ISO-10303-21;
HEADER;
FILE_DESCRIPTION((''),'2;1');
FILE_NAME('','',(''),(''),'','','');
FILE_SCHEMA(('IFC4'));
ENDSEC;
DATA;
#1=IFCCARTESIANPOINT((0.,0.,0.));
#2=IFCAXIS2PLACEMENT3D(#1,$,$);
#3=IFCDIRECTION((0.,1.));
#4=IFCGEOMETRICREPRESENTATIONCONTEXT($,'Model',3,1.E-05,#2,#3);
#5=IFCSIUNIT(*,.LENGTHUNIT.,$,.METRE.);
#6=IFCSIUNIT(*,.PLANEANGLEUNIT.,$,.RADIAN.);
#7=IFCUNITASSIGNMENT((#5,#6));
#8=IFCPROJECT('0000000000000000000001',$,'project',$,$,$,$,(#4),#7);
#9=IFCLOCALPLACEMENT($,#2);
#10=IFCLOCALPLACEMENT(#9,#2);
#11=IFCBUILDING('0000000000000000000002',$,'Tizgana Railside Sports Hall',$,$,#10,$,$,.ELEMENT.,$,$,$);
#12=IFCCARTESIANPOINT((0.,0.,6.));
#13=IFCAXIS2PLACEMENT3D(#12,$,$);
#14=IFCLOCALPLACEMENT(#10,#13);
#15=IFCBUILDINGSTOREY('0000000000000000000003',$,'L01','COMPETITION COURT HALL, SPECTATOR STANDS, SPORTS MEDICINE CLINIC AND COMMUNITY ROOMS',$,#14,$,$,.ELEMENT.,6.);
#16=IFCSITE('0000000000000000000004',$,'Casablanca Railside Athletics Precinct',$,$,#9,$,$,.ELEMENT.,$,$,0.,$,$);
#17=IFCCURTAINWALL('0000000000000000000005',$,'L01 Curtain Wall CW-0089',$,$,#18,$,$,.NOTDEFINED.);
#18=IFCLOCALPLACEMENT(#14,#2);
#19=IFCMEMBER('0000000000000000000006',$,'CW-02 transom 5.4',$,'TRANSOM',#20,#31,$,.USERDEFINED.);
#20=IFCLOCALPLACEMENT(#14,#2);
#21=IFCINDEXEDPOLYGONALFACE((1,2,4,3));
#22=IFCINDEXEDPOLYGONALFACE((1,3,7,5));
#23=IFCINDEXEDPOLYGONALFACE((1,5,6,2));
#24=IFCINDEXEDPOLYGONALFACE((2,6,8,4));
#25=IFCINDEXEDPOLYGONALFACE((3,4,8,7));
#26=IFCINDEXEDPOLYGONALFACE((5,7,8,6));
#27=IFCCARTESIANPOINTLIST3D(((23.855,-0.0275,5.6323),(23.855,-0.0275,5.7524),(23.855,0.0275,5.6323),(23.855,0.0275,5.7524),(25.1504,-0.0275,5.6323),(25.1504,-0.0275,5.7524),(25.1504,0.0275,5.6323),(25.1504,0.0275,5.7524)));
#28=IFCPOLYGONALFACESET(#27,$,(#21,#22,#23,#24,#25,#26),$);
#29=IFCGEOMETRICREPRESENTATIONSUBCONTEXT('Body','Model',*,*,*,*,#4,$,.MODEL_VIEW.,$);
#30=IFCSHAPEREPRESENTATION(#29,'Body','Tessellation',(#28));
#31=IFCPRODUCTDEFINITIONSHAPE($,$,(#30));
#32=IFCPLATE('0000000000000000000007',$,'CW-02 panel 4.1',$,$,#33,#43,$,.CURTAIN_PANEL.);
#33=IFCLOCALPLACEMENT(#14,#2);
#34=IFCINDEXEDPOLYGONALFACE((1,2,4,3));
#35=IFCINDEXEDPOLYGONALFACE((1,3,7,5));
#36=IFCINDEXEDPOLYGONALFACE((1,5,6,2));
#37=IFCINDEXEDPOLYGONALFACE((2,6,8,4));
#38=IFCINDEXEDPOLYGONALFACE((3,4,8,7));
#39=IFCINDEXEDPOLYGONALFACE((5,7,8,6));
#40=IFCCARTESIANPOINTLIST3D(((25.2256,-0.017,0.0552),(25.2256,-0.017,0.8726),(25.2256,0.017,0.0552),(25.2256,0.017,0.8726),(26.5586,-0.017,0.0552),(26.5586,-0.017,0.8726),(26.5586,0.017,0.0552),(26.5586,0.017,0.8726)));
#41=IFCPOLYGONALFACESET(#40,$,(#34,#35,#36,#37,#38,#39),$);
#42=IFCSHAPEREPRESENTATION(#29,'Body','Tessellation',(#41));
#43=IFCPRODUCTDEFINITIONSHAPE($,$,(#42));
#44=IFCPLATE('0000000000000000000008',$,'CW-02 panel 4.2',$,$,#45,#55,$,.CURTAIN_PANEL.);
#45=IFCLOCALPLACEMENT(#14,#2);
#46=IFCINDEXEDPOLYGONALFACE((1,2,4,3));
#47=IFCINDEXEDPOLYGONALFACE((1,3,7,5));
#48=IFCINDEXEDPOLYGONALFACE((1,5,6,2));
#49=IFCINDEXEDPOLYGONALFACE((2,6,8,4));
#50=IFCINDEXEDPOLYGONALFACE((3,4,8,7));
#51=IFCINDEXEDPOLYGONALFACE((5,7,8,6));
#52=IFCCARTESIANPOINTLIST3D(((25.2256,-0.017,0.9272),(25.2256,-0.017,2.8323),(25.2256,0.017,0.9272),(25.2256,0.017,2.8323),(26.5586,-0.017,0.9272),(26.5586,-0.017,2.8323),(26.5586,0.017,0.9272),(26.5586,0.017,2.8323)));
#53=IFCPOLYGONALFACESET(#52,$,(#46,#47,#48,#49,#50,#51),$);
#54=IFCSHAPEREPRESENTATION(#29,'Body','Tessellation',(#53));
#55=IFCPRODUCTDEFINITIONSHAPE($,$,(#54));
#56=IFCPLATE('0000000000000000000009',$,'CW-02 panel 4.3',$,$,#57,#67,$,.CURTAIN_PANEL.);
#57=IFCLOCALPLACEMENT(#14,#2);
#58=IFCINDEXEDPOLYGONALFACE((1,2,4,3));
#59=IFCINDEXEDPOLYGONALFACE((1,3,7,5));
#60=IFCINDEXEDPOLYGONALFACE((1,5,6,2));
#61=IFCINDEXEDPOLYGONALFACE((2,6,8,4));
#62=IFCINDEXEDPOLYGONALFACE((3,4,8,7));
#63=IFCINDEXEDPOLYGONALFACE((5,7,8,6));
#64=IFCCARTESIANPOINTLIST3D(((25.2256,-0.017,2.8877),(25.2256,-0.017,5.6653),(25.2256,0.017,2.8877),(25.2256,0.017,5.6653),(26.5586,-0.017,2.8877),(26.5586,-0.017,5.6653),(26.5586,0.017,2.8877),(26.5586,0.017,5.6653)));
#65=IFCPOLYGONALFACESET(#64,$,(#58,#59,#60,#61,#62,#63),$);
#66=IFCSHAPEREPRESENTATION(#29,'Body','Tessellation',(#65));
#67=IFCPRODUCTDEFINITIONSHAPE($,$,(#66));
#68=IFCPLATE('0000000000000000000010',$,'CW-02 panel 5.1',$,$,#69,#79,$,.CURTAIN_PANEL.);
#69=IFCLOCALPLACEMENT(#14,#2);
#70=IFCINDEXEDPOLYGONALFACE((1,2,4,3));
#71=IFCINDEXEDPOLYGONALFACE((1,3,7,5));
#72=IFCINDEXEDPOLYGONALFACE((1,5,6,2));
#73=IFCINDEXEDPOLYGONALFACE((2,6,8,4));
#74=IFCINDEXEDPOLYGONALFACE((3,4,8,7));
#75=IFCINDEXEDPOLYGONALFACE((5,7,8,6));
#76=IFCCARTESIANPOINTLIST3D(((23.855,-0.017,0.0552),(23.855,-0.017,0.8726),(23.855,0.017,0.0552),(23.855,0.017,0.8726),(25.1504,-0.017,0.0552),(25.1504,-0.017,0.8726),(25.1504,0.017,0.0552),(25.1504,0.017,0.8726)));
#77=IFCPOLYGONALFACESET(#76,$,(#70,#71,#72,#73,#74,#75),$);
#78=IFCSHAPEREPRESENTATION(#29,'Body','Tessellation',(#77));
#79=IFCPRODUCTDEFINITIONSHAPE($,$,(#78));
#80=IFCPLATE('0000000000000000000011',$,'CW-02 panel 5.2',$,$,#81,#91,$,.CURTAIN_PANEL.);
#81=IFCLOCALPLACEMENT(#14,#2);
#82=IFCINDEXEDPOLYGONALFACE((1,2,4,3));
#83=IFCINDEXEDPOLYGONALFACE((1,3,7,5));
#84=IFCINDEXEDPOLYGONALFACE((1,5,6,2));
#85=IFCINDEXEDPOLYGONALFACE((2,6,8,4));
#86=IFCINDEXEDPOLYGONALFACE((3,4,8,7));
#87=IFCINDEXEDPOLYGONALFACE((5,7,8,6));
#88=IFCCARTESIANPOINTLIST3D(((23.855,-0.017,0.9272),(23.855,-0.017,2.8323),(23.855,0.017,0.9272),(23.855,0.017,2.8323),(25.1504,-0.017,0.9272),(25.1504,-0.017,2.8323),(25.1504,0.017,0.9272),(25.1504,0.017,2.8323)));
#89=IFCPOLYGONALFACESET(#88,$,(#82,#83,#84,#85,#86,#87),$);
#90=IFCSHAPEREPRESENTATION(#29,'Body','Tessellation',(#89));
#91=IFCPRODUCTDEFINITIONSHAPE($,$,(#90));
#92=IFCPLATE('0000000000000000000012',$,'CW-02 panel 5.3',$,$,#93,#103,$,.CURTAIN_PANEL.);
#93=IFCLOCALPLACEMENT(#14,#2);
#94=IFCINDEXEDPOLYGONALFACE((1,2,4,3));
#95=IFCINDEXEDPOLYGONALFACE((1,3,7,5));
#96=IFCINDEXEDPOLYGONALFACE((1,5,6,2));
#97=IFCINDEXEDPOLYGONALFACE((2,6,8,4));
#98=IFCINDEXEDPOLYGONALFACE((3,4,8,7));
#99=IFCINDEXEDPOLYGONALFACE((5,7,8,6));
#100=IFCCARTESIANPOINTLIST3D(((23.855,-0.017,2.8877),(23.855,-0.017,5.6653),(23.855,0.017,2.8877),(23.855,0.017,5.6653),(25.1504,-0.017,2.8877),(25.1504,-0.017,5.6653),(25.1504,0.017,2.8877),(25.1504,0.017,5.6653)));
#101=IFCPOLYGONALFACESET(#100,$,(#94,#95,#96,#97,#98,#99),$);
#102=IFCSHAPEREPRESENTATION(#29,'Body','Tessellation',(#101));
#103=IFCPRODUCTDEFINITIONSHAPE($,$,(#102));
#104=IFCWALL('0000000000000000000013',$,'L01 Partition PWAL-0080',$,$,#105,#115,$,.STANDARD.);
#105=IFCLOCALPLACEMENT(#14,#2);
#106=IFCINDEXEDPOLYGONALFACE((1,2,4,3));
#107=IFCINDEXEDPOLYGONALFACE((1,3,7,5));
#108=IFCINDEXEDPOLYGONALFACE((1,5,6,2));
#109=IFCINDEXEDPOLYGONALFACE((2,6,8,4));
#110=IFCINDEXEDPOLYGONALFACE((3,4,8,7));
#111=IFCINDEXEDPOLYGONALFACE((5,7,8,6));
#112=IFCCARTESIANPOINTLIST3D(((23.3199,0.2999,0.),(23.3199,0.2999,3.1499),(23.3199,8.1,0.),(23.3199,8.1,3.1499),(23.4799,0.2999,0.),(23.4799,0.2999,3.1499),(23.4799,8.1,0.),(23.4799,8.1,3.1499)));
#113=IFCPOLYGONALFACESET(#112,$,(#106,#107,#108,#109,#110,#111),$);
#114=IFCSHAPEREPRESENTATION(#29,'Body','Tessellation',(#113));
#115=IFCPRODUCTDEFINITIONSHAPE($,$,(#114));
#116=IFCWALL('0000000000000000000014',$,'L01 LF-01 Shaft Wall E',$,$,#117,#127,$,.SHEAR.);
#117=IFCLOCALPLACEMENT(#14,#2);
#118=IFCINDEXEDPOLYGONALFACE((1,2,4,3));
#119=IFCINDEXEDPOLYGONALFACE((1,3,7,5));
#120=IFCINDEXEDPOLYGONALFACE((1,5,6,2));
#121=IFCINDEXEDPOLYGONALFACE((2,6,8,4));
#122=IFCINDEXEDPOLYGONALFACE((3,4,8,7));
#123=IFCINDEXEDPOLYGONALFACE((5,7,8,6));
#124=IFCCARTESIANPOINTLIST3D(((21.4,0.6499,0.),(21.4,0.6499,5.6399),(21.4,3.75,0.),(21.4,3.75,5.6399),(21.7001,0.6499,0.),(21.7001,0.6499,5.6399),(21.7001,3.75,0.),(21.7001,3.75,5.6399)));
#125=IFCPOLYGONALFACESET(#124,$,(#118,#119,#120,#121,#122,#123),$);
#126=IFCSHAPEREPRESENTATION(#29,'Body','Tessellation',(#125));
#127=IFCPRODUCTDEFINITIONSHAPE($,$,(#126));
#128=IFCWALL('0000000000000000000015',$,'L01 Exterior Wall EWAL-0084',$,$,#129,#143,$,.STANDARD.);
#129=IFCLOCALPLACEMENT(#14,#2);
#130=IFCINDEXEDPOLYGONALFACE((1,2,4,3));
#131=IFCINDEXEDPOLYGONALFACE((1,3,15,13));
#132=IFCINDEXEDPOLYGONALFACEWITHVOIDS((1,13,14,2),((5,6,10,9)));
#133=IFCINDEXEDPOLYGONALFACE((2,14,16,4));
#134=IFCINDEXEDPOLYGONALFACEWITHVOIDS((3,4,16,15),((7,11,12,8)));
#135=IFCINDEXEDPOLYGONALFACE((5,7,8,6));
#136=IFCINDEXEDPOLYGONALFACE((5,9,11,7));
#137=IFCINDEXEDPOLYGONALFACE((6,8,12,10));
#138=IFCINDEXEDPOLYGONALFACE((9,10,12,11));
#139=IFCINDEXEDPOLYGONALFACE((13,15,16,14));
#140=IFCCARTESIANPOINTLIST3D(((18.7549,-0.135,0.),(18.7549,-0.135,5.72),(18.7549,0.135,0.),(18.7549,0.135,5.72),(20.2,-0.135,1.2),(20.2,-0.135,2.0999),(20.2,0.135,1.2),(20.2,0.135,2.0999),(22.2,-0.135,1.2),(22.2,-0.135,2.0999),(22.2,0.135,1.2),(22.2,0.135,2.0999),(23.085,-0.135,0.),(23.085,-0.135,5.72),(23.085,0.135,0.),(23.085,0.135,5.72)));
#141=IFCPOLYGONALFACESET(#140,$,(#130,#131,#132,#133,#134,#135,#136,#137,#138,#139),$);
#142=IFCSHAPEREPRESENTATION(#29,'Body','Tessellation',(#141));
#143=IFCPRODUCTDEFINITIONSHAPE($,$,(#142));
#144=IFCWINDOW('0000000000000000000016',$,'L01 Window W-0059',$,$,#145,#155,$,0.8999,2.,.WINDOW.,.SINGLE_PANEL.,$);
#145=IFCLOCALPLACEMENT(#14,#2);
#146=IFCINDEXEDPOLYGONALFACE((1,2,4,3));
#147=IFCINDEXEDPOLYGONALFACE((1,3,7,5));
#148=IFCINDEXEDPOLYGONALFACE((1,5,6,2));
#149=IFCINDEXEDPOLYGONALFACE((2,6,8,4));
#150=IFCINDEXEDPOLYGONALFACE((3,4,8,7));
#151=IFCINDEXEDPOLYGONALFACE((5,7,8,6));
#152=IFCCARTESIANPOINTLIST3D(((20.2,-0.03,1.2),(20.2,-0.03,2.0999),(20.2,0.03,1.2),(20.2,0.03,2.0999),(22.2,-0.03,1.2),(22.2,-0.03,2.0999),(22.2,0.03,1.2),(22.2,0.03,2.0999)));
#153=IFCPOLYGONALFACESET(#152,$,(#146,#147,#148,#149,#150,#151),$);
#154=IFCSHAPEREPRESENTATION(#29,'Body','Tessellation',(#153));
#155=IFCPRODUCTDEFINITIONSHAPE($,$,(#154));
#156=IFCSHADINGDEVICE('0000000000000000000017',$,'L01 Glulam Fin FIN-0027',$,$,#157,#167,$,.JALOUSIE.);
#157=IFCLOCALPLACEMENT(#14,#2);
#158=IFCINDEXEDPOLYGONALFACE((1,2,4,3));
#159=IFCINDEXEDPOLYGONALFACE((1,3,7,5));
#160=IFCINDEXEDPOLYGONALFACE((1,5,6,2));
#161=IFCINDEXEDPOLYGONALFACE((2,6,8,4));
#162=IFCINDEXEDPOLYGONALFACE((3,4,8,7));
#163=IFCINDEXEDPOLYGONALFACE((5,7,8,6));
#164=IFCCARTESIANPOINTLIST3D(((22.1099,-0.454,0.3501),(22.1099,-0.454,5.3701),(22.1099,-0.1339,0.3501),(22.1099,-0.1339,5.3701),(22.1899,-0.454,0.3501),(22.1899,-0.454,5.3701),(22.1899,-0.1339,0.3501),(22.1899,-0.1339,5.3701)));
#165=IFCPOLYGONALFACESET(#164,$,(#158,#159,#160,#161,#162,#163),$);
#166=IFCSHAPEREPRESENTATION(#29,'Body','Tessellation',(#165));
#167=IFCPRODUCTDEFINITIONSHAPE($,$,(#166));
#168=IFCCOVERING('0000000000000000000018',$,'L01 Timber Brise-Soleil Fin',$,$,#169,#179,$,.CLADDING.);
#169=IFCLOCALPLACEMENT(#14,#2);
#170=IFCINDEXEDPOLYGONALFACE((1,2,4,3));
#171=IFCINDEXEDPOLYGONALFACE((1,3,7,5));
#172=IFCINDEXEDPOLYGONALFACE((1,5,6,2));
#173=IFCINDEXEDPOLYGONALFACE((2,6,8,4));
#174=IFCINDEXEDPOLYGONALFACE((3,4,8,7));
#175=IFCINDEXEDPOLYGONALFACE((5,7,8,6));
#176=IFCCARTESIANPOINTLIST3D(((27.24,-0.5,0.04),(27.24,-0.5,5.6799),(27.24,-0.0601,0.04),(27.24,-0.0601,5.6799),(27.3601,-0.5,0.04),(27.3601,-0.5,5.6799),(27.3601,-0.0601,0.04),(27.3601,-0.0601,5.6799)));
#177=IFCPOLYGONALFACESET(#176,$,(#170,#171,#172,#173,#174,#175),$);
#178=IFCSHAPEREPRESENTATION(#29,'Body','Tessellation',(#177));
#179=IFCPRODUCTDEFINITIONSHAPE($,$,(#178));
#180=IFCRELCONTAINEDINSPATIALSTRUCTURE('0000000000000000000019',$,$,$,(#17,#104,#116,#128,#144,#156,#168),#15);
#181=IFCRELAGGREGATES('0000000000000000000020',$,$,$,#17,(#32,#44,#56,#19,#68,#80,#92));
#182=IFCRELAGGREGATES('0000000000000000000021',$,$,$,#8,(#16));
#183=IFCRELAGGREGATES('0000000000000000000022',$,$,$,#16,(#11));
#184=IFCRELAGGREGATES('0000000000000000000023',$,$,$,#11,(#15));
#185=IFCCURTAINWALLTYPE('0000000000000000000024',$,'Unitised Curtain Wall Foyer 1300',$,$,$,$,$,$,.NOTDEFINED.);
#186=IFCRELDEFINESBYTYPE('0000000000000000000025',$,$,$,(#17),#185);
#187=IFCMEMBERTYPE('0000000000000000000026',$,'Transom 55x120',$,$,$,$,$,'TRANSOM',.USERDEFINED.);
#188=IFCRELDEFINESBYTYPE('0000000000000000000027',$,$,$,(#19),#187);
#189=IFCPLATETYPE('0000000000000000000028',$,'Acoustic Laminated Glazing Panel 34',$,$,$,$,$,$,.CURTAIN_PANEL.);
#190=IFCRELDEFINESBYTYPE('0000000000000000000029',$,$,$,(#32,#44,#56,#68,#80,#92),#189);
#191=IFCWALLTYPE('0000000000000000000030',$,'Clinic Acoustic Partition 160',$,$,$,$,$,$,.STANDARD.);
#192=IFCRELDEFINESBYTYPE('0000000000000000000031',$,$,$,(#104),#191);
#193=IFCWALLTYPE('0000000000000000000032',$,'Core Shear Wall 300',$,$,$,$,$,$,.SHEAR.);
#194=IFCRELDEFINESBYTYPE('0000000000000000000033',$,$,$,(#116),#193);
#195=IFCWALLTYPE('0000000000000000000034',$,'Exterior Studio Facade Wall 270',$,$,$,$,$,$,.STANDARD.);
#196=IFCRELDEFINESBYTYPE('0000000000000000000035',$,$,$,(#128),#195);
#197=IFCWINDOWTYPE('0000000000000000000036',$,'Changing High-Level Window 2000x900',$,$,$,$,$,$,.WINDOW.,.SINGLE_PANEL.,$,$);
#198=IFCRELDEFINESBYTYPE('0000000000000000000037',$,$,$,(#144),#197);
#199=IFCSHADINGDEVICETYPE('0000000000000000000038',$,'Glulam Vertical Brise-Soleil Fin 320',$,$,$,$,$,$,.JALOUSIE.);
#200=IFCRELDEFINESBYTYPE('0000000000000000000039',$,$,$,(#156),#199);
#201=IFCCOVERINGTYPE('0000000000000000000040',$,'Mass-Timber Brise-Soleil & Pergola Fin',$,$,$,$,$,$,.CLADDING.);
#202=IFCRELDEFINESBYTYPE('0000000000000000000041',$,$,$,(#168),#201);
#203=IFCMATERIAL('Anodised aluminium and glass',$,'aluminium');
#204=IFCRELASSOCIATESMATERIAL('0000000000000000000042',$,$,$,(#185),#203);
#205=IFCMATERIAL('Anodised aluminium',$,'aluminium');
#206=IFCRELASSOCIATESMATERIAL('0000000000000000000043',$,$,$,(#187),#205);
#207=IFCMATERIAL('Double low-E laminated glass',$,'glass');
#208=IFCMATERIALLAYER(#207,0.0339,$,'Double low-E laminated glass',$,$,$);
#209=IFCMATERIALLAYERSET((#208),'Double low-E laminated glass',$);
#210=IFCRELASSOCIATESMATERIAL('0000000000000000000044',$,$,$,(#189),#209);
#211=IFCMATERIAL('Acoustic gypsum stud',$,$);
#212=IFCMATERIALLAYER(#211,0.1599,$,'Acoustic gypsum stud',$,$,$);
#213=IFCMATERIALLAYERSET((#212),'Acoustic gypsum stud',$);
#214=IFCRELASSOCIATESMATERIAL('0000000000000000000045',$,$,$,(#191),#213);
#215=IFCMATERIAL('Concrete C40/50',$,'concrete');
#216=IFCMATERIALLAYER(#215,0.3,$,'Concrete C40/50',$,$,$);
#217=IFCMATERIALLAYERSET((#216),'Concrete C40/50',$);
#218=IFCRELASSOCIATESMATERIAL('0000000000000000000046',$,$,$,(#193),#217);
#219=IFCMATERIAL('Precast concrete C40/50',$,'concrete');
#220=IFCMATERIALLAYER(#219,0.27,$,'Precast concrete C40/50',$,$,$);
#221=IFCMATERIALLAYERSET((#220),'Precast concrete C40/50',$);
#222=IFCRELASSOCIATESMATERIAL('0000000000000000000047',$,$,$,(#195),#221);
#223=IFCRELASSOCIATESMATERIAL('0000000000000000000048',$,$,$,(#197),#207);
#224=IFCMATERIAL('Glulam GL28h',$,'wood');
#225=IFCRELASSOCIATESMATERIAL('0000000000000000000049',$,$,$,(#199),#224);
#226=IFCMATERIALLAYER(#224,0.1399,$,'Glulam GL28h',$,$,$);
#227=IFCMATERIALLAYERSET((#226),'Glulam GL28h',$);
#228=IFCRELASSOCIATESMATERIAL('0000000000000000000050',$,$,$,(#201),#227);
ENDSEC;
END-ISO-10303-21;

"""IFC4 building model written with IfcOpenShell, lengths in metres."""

from ifc_helpers import new_model, si_unit, direction, frame, frame_2d, origin, origin_2d, place, context, subcontext, project, spatial, rectangle, extrude, material, layer, layer_set, material_profile, profile_set, type_object, element, fill, aggregate, save


model = new_model("IFC4")

# Units and contexts
model_context = context("Model", 3, precision=1e-05, world=origin(), true_north=direction((0.0, 1.0)))
body_context = subcontext(model_context, "Body", "Model", "MODEL_VIEW")
ifc_project = project(units=[si_unit("LENGTHUNIT", "METRE"), si_unit("PLANEANGLEUNIT", "RADIAN")], contexts=[model_context])

# Site, building, storey
site_placement = place(None, origin())
site = spatial("IfcSite", under=ifc_project, at=site_placement, Name="Casablanca Railside Athletics Precinct", CompositionType="ELEMENT", RefElevation=0.0)
building_placement = place(site_placement, origin())
building = spatial("IfcBuilding", under=site, at=building_placement, Name="Tizgana Railside Sports Hall", CompositionType="ELEMENT")
storey_placement = place(building_placement, frame((0.0, 0.0, 6.0)))
storey = spatial("IfcBuildingStorey", under=building, at=storey_placement, Name="L01", Description="COMPETITION COURT HALL, SPECTATOR STANDS, SPORTS MEDICINE CLINIC AND COMMUNITY ROOMS", CompositionType="ELEMENT", Elevation=6.0)

# Shared definitions
ifc_material_1 = material(Name="Concrete C40/50", Category="concrete")

# Curtain wall
ifc_material_2 = material(Name="Anodised aluminium and glass", Category="aluminium")
curtain_wall_type = type_object("IfcCurtainWallType", Name="Unitised Curtain Wall Foyer 1300", PredefinedType="NOTDEFINED", material=ifc_material_2)
curtain_wall_placement = place(storey_placement, origin())
curtain_wall = element("IfcCurtainWall", 1, at=curtain_wall_placement, inside=storey, type_object=curtain_wall_type, Name="L01 Curtain Wall CW-0089", PredefinedType="NOTDEFINED")
ifc_material_3 = material(Name="Anodised aluminium", Category="aluminium")

# Member
ifc_material_profile_1 = material_profile(ifc_material_3, rectangle(XDim=0.0549, YDim=0.1201, at=origin_2d()), Name="Transom 55x120")
ifc_profile_set_1 = profile_set([ifc_material_profile_1], Name="Anodised aluminium")
member_type_1 = type_object("IfcMemberType", Name="Transom 55x120", ElementType="TRANSOM", PredefinedType="USERDEFINED", material=ifc_profile_set_1)
member_1_placement = place(storey_placement, frame((25.1504, 0.0, 5.6924), z_axis=(-1.0, 0.0, 0.0), x_axis=(0.0, -1.0, 0.0)))
member_1 = element("IfcMember", 2, at=member_1_placement, type_object=member_type_1, Name="CW-02 transom 5.4", ObjectType="TRANSOM", PredefinedType="USERDEFINED", context=body_context, shape_type="SweptSolid", body=[
    extrude(rectangle(XDim=0.0549, YDim=0.1201, at=origin_2d()), origin(), (0.0, 0.0, 1.0), 1.2954),
])

# Plates
ifc_material_4 = material(Name="Double low-E laminated glass", Category="glass")
ifc_layer_1 = layer(ifc_material_4, 0.0339, Name="Double low-E laminated glass")
ifc_layer_set_1 = layer_set([ifc_layer_1], Name="Double low-E laminated glass")
plate_type = type_object("IfcPlateType", Name="Acoustic Laminated Glazing Panel 34", PredefinedType="CURTAIN_PANEL", material=ifc_layer_set_1)
plate_1_placement = place(storey_placement, frame((25.8921, 0.0, 0.0552), z_axis=(0.0, 0.0, 1.0), x_axis=(-1.0, 0.0, 0.0)))
plate_1 = element("IfcPlate", 3, at=plate_1_placement, type_object=plate_type, Name="CW-02 panel 4.1", PredefinedType="CURTAIN_PANEL", context=body_context, shape_type="SweptSolid", body=[
    extrude(rectangle(XDim=1.333, YDim=0.0339, at=origin_2d()), origin(), (0.0, 0.0, 1.0), 0.8174),
])
plate_2_placement = place(storey_placement, frame((25.8921, 0.0, 0.9272), z_axis=(0.0, 0.0, 1.0), x_axis=(-1.0, 0.0, 0.0)))
plate_2 = element("IfcPlate", 4, at=plate_2_placement, type_object=plate_type, Name="CW-02 panel 4.2", PredefinedType="CURTAIN_PANEL", context=body_context, shape_type="SweptSolid", body=[
    extrude(rectangle(XDim=1.333, YDim=0.0339, at=origin_2d()), origin(), (0.0, 0.0, 1.0), 1.905),
])
plate_3_placement = place(storey_placement, frame((25.8921, 0.0, 2.8877), z_axis=(0.0, 0.0, 1.0), x_axis=(-1.0, 0.0, 0.0)))
plate_3 = element("IfcPlate", 5, at=plate_3_placement, type_object=plate_type, Name="CW-02 panel 4.3", PredefinedType="CURTAIN_PANEL", context=body_context, shape_type="SweptSolid", body=[
    extrude(rectangle(XDim=1.333, YDim=0.0339, at=origin_2d()), origin(), (0.0, 0.0, 1.0), 2.7776),
])
plate_4_placement = place(storey_placement, frame((24.5027, 0.0, 0.0552), z_axis=(0.0, 0.0, 1.0), x_axis=(-1.0, 0.0, 0.0)))
plate_4 = element("IfcPlate", 6, at=plate_4_placement, type_object=plate_type, Name="CW-02 panel 5.1", PredefinedType="CURTAIN_PANEL", context=body_context, shape_type="SweptSolid", body=[
    extrude(rectangle(XDim=1.2954, YDim=0.0339, at=origin_2d()), origin(), (0.0, 0.0, 1.0), 0.8174),
])
plate_5_placement = place(storey_placement, frame((24.5027, 0.0, 0.9272), z_axis=(0.0, 0.0, 1.0), x_axis=(-1.0, 0.0, 0.0)))
plate_5 = element("IfcPlate", 7, at=plate_5_placement, type_object=plate_type, Name="CW-02 panel 5.2", PredefinedType="CURTAIN_PANEL", context=body_context, shape_type="SweptSolid", body=[
    extrude(rectangle(XDim=1.2954, YDim=0.0339, at=origin_2d()), origin(), (0.0, 0.0, 1.0), 1.905),
])
plate_6_placement = place(storey_placement, frame((24.5027, 0.0, 2.8877), z_axis=(0.0, 0.0, 1.0), x_axis=(-1.0, 0.0, 0.0)))
plate_6 = element("IfcPlate", 8, at=plate_6_placement, type_object=plate_type, Name="CW-02 panel 5.3", PredefinedType="CURTAIN_PANEL", context=body_context, shape_type="SweptSolid", body=[
    extrude(rectangle(XDim=1.2954, YDim=0.0339, at=origin_2d()), origin(), (0.0, 0.0, 1.0), 2.7776),
])
aggregate(curtain_wall, [plate_1, plate_2, plate_3, member_1, plate_4, plate_5, plate_6])

# Walls
ifc_material_5 = material(Name="Acoustic gypsum stud")
ifc_layer_2 = layer(ifc_material_5, 0.1599, Name="Acoustic gypsum stud")
ifc_layer_set_2 = layer_set([ifc_layer_2], Name="Acoustic gypsum stud")
wall_type_1 = type_object("IfcWallType", Name="Clinic Acoustic Partition 160", PredefinedType="STANDARD", material=ifc_layer_set_2)
wall_1_placement = place(storey_placement, frame((23.3999, 0.3, 0.0), z_axis=(0.0, 0.0, 1.0), x_axis=(0.0, 1.0, 0.0)))
element("IfcWall", 9, at=wall_1_placement, inside=storey, type_object=wall_type_1, Name="L01 Partition PWAL-0080", PredefinedType="STANDARD", context=body_context, shape_type="SweptSolid", body=[
    extrude(rectangle(XDim=7.8, YDim=0.1599, at=frame_2d((3.8999, 0.0))), origin(), (0.0, 0.0, 1.0), 3.1499),
])
ifc_layer_3 = layer(ifc_material_1, 0.3, Name="Concrete C40/50")
ifc_layer_set_3 = layer_set([ifc_layer_3], Name="Concrete C40/50")
wall_type_2 = type_object("IfcWallType", Name="Core Shear Wall 300", PredefinedType="SHEAR", material=ifc_layer_set_3)
wall_2_placement = place(storey_placement, frame((21.55, 0.6499, 0.0), z_axis=(0.0, 0.0, 1.0), x_axis=(0.0, 1.0, 0.0)))
element("IfcWall", 10, at=wall_2_placement, inside=storey, type_object=wall_type_2, Name="L01 LF-01 Shaft Wall E", PredefinedType="SHEAR", context=body_context, shape_type="SweptSolid", body=[
    extrude(rectangle(XDim=3.1001, YDim=0.3, at=frame_2d((1.55, 0.0))), origin(), (0.0, 0.0, 1.0), 5.6399),
])

# Wall, opening, window
ifc_material_6 = material(Name="Precast concrete C40/50", Category="concrete")
ifc_layer_4 = layer(ifc_material_6, 0.27, Name="Precast concrete C40/50")
ifc_layer_set_4 = layer_set([ifc_layer_4], Name="Precast concrete C40/50")
wall_type_3 = type_object("IfcWallType", Name="Exterior Studio Facade Wall 270", PredefinedType="STANDARD", material=ifc_layer_set_4)
wall_3_placement = place(storey_placement, frame((23.085, 0.0, 0.0), z_axis=(0.0, 0.0, 1.0), x_axis=(-1.0, 0.0, 0.0)))
wall_3 = element("IfcWall", 11, at=wall_3_placement, inside=storey, type_object=wall_type_3, Name="L01 Exterior Wall EWAL-0084", PredefinedType="STANDARD", context=body_context, shape_type="SweptSolid", body=[
    extrude(rectangle(XDim=4.3301, YDim=0.27, at=frame_2d((2.165, 0.0))), origin(), (0.0, 0.0, 1.0), 5.72),
])
opening_placement = place(wall_3_placement, frame((0.885, 0.0, 1.2)))
opening = element("IfcOpeningElement", 12, at=opening_placement, cuts=wall_3, PredefinedType="OPENING", context=body_context, shape_type="SweptSolid", body=[
    extrude(rectangle(XDim=2.0, YDim=0.8999, at=frame_2d((1.0, 0.45))), frame((0.0, 0.145, 0.0), z_axis=(0.0, -1.0, 0.0), x_axis=(1.0, 0.0, 0.0)), (0.0, 0.0, 1.0), 0.29),
])
window_type = type_object("IfcWindowType", Name="Changing High-Level Window 2000x900", PartitioningType="SINGLE_PANEL", PredefinedType="WINDOW", material=ifc_material_4)
window_placement = place(opening_placement, origin())
window = element("IfcWindow", 13, at=window_placement, inside=storey, type_object=window_type, Name="L01 Window W-0059", OverallHeight=0.8999, OverallWidth=2.0, PartitioningType="SINGLE_PANEL", PredefinedType="WINDOW", context=body_context, shape_type="SweptSolid", body=[
    extrude(rectangle(XDim=2.0, YDim=0.8999, at=frame_2d((1.0, 0.45))), frame((0.0, 0.03, 0.0), z_axis=(0.0, -1.0, 0.0), x_axis=(1.0, 0.0, 0.0)), (0.0, 0.0, 1.0), 0.0601),
])
fill(opening, window)

# Shading device
ifc_material_7 = material(Name="Glulam GL28h", Category="wood")
shading_device_type = type_object("IfcShadingDeviceType", Name="Glulam Vertical Brise-Soleil Fin 320", PredefinedType="JALOUSIE", material=ifc_material_7)
shading_device_placement = place(storey_placement, frame((22.1499, -0.2939, 0.3501), z_axis=(0.0, 0.0, 1.0), x_axis=(-1.0, 0.0, 0.0)))
element("IfcShadingDevice", 14, at=shading_device_placement, inside=storey, type_object=shading_device_type, Name="L01 Glulam Fin FIN-0027", PredefinedType="JALOUSIE", context=body_context, shape_type="SweptSolid", body=[
    extrude(rectangle(XDim=0.0801, YDim=0.3201, at=origin_2d()), origin(), (0.0, 0.0, 1.0), 5.02),
])

# Covering
ifc_layer_5 = layer(ifc_material_7, 0.1399, Name="Glulam GL28h")
ifc_layer_set_5 = layer_set([ifc_layer_5], Name="Glulam GL28h")
covering_type_1 = type_object("IfcCoveringType", Name="Mass-Timber Brise-Soleil & Pergola Fin", PredefinedType="CLADDING", material=ifc_layer_set_5)
for number, where, z_axis, x_axis, name in (
    (15, (27.3, -0.28, 0.04), (0.0, 0.0, 1.0), (-1.0, 0.0, 0.0), "L01 Timber Brise-Soleil Fin"),
):
    element("IfcCovering", number, at=place(storey_placement, frame(where, z_axis=z_axis, x_axis=x_axis)), inside=storey, type_object=covering_type_1, Name=name, PredefinedType="CLADDING", context=body_context, shape_type="SweptSolid", body=[
        extrude(rectangle(XDim=0.1201, YDim=0.4399, at=origin_2d()), origin(), (0.0, 0.0, 1.0), 5.6399),
    ])

save(model, "model.ifc")
